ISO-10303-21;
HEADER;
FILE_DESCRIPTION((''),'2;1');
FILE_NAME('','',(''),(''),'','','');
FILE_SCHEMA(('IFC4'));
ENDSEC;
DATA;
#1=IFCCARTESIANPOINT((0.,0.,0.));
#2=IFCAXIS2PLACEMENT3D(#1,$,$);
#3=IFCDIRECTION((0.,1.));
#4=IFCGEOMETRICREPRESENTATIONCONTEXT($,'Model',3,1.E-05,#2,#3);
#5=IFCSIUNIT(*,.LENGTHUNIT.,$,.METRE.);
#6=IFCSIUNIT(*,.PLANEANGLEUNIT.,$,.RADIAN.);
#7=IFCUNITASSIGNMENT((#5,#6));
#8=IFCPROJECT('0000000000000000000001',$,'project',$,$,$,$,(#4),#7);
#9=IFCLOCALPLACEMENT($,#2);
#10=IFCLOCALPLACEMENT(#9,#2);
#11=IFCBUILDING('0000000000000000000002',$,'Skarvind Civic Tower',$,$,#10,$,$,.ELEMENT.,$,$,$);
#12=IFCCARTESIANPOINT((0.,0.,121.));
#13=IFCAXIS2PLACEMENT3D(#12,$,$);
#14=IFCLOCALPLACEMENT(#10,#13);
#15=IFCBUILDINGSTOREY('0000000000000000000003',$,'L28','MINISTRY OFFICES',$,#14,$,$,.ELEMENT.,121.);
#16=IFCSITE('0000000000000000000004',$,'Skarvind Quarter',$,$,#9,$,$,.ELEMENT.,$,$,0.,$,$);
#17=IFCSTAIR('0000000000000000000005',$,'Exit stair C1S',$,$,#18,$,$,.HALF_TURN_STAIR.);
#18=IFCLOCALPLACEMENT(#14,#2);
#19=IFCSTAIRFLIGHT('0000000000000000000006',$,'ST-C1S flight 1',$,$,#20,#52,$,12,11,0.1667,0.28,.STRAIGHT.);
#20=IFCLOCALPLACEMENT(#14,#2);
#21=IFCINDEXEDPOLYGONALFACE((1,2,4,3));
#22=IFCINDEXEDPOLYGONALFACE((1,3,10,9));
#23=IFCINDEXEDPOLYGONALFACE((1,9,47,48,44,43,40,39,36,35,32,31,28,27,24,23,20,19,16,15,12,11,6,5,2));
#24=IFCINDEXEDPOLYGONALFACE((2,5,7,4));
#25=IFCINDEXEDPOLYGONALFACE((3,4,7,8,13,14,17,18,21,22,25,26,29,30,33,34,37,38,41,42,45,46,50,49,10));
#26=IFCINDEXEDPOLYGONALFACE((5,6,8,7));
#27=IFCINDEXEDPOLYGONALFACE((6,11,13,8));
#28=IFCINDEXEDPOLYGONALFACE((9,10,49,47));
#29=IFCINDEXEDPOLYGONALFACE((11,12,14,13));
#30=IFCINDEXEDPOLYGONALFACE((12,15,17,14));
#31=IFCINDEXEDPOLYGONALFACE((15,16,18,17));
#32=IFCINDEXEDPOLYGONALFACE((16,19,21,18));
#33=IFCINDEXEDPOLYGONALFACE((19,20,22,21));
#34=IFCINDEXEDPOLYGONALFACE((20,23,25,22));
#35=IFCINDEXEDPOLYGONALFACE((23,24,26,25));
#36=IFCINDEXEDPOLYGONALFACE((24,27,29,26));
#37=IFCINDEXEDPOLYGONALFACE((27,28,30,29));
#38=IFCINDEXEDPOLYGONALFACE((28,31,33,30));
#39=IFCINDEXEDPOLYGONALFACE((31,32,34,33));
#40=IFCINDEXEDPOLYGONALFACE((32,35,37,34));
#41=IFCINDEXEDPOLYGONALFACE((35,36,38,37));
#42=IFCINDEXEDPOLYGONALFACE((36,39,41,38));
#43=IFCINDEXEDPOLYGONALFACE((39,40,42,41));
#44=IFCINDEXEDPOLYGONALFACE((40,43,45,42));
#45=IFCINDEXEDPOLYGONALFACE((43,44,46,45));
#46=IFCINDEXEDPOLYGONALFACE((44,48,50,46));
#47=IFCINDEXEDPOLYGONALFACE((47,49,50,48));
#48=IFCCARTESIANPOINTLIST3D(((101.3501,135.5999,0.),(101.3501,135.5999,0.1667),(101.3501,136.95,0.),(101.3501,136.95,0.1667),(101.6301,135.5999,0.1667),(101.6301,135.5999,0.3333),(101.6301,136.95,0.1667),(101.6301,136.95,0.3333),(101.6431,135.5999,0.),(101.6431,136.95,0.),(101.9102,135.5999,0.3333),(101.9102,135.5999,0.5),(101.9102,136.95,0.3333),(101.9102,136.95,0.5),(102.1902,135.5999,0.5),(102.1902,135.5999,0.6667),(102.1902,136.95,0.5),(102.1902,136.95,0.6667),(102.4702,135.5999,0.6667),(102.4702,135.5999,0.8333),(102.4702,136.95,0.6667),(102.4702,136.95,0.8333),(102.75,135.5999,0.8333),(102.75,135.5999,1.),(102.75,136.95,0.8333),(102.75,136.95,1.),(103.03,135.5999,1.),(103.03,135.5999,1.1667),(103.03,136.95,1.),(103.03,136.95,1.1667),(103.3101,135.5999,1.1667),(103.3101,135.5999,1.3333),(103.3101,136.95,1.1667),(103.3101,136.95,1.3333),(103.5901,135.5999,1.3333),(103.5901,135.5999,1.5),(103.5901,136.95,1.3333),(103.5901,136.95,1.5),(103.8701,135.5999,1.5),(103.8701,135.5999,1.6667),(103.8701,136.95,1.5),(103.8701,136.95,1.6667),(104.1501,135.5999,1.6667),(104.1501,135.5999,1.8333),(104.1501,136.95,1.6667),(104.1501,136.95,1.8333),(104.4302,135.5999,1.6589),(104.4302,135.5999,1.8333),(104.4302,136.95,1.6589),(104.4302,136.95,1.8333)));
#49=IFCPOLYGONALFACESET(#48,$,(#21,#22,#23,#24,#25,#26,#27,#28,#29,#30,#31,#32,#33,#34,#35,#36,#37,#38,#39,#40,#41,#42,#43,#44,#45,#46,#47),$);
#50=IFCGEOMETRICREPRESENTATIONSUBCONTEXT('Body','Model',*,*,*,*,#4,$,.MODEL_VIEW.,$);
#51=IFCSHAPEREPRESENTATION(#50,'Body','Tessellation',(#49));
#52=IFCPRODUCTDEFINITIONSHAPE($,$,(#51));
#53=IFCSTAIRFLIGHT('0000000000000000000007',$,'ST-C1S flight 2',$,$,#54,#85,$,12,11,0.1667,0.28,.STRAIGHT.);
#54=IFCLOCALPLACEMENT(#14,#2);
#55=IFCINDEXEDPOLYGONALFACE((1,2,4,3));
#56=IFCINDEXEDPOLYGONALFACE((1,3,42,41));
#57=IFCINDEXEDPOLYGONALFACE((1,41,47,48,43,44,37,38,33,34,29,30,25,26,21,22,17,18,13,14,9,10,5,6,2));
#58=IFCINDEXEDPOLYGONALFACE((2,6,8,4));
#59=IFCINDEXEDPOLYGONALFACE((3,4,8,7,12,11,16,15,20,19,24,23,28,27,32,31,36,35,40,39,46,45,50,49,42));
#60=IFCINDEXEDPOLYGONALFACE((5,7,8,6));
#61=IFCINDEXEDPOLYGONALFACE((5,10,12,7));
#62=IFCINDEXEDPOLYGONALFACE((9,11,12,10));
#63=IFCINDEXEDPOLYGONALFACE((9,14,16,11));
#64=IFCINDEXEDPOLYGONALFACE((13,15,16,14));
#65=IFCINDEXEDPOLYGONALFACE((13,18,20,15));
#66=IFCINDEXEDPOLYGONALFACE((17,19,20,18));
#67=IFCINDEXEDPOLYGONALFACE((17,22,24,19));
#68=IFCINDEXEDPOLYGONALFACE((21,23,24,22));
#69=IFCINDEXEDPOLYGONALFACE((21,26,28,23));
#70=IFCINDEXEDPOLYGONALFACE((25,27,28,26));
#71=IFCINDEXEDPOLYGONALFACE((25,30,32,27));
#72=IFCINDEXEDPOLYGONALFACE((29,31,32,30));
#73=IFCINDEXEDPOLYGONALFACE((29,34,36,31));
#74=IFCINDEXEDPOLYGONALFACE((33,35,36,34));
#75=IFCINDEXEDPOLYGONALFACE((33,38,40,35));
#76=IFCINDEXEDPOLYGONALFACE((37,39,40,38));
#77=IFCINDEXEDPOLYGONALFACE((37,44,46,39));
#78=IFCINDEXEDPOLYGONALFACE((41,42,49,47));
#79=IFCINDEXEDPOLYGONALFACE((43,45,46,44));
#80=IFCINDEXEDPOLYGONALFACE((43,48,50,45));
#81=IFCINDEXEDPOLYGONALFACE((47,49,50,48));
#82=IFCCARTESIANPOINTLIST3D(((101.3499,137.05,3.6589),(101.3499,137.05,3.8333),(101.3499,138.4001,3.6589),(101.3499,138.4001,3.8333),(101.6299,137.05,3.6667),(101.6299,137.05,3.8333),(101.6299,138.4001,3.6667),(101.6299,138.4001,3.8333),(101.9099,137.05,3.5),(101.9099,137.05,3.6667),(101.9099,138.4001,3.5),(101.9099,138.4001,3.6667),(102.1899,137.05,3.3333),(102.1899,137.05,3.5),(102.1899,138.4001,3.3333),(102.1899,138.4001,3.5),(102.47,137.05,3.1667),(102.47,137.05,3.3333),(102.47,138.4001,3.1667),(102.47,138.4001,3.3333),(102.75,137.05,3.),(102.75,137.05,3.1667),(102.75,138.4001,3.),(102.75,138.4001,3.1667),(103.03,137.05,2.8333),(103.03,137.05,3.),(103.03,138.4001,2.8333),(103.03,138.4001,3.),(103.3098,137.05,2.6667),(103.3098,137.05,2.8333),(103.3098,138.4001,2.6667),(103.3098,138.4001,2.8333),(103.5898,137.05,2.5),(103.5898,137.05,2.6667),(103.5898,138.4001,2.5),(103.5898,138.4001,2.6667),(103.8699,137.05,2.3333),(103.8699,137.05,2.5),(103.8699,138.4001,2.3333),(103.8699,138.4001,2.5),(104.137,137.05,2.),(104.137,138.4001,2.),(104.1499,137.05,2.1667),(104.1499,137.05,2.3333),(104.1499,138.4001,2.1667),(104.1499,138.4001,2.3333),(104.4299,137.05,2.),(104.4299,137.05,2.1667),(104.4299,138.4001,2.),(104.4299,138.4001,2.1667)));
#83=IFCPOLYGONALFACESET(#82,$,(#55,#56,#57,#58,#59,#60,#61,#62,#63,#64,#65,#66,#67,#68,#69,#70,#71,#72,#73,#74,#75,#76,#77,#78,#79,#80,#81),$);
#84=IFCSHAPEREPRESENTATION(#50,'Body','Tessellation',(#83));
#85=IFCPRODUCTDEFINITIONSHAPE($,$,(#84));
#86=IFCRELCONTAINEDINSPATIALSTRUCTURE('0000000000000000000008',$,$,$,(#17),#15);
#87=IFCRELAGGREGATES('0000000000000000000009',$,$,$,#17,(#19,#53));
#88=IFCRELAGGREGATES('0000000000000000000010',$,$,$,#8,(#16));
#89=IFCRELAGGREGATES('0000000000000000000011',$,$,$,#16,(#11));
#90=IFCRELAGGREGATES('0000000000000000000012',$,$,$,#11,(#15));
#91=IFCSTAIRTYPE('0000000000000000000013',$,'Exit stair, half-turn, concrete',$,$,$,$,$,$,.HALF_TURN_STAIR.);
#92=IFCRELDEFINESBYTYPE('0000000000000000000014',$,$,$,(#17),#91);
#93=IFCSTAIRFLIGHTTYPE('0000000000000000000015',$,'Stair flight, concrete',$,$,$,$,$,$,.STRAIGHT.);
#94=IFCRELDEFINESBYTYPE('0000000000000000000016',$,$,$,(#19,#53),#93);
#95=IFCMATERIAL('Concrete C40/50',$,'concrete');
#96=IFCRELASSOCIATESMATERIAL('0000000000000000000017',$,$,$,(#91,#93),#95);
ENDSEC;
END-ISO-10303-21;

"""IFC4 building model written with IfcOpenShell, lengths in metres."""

from ifc_helpers import new_model, si_unit, direction, frame, origin, place, context, subcontext, project, spatial, polyline, outline, extrude, material, type_object, element, aggregate, save


model = new_model("IFC4")

# Units and contexts
model_context = context("Model", 3, precision=1e-05, world=origin(), true_north=direction((0.0, 1.0)))
body_context = subcontext(model_context, "Body", "Model", "MODEL_VIEW")
ifc_project = project(units=[si_unit("LENGTHUNIT", "METRE"), si_unit("PLANEANGLEUNIT", "RADIAN")], contexts=[model_context])

# Site, building, storey
site_placement = place(None, origin())
site = spatial("IfcSite", under=ifc_project, at=site_placement, Name="Skarvind Quarter", CompositionType="ELEMENT", RefElevation=0.0)
building_placement = place(site_placement, origin())
building = spatial("IfcBuilding", under=site, at=building_placement, Name="Skarvind Civic Tower", CompositionType="ELEMENT")
storey_placement = place(building_placement, frame((0.0, 0.0, 121.0)))
storey = spatial("IfcBuildingStorey", under=building, at=storey_placement, Name="L28", Description="MINISTRY OFFICES", CompositionType="ELEMENT", Elevation=121.0)

# Stair, stair flights
ifc_material_1 = material(Name="Concrete C40/50", Category="concrete")
stair_type = type_object("IfcStairType", Name="Exit stair, half-turn, concrete", PredefinedType="HALF_TURN_STAIR", material=ifc_material_1)
stair_placement = place(storey_placement, origin())
stair = element("IfcStair", 1, at=stair_placement, inside=storey, type_object=stair_type, Name="Exit stair C1S", PredefinedType="HALF_TURN_STAIR")
stair_flight_type = type_object("IfcStairFlightType", Name="Stair flight, concrete", PredefinedType="STRAIGHT", material=ifc_material_1)
stair_flight_1_placement = place(storey_placement, frame((101.3501, 136.2749, 0.0), z_axis=(0.0, 0.0, 1.0), x_axis=(1.0, 0.0, 0.0)))
stair_flight_1 = element("IfcStairFlight", 2, at=stair_flight_1_placement, type_object=stair_flight_type, Name="ST-C1S flight 1", NumberOfRisers=12, NumberOfTreads=11, PredefinedType="STRAIGHT", RiserHeight=0.1667, TreadLength=0.28, context=body_context, shape_type="SweptSolid", body=[
    extrude(outline(polyline([(0.0, 0.0), (0.0, 0.1667), (0.28, 0.1667), (0.28, 0.3333), (0.5601, 0.3333), (0.5601, 0.5), (0.8401, 0.5), (0.8401, 0.6667), (1.1201, 0.6667), (1.1201, 0.8333), (1.3999, 0.8333), (1.3999, 1.0), (1.6799, 1.0), (1.6799, 1.1667), (1.96, 1.1667), (1.96, 1.3333), (2.24, 1.3333), (2.24, 1.5), (2.52, 1.5), (2.52, 1.6667), (2.8, 1.6667), (2.8, 1.8333), (3.0801, 1.8333), (3.0801, 2.0), (3.0801, 1.6589), (0.293, 0.0), (0.0, 0.0)])), frame((0.0, 0.675, 0.0), z_axis=(0.0, -1.0, 0.0), x_axis=(1.0, 0.0, 0.0)), (0.0, 0.0, 1.0), 1.3501),
])
stair_flight_2_placement = place(storey_placement, frame((104.4299, 137.7251, 2.0), z_axis=(0.0, 0.0, 1.0), x_axis=(-1.0, 0.0, 0.0)))
stair_flight_2 = element("IfcStairFlight", 3, at=stair_flight_2_placement, type_object=stair_flight_type, Name="ST-C1S flight 2", NumberOfRisers=12, NumberOfTreads=11, PredefinedType="STRAIGHT", RiserHeight=0.1667, TreadLength=0.28, context=body_context, shape_type="SweptSolid", body=[
    extrude(outline(polyline([(0.0, 0.0), (0.0, 0.1667), (0.28, 0.1667), (0.28, 0.3333), (0.5601, 0.3333), (0.5601, 0.5), (0.8401, 0.5), (0.8401, 0.6667), (1.1201, 0.6667), (1.1201, 0.8333), (1.3999, 0.8333), (1.3999, 1.0), (1.6799, 1.0), (1.6799, 1.1667), (1.96, 1.1667), (1.96, 1.3333), (2.24, 1.3333), (2.24, 1.5), (2.52, 1.5), (2.52, 1.6667), (2.8, 1.6667), (2.8, 1.8333), (3.0801, 1.8333), (3.0801, 2.0), (3.0801, 1.6589), (0.293, 0.0), (0.0, 0.0)])), frame((0.0, 0.675, 0.0), z_axis=(0.0, -1.0, 0.0), x_axis=(1.0, 0.0, 0.0)), (0.0, 0.0, 1.0), 1.3501),
])
aggregate(stair, [stair_flight_1, stair_flight_2])

save(model, "model.ifc")
